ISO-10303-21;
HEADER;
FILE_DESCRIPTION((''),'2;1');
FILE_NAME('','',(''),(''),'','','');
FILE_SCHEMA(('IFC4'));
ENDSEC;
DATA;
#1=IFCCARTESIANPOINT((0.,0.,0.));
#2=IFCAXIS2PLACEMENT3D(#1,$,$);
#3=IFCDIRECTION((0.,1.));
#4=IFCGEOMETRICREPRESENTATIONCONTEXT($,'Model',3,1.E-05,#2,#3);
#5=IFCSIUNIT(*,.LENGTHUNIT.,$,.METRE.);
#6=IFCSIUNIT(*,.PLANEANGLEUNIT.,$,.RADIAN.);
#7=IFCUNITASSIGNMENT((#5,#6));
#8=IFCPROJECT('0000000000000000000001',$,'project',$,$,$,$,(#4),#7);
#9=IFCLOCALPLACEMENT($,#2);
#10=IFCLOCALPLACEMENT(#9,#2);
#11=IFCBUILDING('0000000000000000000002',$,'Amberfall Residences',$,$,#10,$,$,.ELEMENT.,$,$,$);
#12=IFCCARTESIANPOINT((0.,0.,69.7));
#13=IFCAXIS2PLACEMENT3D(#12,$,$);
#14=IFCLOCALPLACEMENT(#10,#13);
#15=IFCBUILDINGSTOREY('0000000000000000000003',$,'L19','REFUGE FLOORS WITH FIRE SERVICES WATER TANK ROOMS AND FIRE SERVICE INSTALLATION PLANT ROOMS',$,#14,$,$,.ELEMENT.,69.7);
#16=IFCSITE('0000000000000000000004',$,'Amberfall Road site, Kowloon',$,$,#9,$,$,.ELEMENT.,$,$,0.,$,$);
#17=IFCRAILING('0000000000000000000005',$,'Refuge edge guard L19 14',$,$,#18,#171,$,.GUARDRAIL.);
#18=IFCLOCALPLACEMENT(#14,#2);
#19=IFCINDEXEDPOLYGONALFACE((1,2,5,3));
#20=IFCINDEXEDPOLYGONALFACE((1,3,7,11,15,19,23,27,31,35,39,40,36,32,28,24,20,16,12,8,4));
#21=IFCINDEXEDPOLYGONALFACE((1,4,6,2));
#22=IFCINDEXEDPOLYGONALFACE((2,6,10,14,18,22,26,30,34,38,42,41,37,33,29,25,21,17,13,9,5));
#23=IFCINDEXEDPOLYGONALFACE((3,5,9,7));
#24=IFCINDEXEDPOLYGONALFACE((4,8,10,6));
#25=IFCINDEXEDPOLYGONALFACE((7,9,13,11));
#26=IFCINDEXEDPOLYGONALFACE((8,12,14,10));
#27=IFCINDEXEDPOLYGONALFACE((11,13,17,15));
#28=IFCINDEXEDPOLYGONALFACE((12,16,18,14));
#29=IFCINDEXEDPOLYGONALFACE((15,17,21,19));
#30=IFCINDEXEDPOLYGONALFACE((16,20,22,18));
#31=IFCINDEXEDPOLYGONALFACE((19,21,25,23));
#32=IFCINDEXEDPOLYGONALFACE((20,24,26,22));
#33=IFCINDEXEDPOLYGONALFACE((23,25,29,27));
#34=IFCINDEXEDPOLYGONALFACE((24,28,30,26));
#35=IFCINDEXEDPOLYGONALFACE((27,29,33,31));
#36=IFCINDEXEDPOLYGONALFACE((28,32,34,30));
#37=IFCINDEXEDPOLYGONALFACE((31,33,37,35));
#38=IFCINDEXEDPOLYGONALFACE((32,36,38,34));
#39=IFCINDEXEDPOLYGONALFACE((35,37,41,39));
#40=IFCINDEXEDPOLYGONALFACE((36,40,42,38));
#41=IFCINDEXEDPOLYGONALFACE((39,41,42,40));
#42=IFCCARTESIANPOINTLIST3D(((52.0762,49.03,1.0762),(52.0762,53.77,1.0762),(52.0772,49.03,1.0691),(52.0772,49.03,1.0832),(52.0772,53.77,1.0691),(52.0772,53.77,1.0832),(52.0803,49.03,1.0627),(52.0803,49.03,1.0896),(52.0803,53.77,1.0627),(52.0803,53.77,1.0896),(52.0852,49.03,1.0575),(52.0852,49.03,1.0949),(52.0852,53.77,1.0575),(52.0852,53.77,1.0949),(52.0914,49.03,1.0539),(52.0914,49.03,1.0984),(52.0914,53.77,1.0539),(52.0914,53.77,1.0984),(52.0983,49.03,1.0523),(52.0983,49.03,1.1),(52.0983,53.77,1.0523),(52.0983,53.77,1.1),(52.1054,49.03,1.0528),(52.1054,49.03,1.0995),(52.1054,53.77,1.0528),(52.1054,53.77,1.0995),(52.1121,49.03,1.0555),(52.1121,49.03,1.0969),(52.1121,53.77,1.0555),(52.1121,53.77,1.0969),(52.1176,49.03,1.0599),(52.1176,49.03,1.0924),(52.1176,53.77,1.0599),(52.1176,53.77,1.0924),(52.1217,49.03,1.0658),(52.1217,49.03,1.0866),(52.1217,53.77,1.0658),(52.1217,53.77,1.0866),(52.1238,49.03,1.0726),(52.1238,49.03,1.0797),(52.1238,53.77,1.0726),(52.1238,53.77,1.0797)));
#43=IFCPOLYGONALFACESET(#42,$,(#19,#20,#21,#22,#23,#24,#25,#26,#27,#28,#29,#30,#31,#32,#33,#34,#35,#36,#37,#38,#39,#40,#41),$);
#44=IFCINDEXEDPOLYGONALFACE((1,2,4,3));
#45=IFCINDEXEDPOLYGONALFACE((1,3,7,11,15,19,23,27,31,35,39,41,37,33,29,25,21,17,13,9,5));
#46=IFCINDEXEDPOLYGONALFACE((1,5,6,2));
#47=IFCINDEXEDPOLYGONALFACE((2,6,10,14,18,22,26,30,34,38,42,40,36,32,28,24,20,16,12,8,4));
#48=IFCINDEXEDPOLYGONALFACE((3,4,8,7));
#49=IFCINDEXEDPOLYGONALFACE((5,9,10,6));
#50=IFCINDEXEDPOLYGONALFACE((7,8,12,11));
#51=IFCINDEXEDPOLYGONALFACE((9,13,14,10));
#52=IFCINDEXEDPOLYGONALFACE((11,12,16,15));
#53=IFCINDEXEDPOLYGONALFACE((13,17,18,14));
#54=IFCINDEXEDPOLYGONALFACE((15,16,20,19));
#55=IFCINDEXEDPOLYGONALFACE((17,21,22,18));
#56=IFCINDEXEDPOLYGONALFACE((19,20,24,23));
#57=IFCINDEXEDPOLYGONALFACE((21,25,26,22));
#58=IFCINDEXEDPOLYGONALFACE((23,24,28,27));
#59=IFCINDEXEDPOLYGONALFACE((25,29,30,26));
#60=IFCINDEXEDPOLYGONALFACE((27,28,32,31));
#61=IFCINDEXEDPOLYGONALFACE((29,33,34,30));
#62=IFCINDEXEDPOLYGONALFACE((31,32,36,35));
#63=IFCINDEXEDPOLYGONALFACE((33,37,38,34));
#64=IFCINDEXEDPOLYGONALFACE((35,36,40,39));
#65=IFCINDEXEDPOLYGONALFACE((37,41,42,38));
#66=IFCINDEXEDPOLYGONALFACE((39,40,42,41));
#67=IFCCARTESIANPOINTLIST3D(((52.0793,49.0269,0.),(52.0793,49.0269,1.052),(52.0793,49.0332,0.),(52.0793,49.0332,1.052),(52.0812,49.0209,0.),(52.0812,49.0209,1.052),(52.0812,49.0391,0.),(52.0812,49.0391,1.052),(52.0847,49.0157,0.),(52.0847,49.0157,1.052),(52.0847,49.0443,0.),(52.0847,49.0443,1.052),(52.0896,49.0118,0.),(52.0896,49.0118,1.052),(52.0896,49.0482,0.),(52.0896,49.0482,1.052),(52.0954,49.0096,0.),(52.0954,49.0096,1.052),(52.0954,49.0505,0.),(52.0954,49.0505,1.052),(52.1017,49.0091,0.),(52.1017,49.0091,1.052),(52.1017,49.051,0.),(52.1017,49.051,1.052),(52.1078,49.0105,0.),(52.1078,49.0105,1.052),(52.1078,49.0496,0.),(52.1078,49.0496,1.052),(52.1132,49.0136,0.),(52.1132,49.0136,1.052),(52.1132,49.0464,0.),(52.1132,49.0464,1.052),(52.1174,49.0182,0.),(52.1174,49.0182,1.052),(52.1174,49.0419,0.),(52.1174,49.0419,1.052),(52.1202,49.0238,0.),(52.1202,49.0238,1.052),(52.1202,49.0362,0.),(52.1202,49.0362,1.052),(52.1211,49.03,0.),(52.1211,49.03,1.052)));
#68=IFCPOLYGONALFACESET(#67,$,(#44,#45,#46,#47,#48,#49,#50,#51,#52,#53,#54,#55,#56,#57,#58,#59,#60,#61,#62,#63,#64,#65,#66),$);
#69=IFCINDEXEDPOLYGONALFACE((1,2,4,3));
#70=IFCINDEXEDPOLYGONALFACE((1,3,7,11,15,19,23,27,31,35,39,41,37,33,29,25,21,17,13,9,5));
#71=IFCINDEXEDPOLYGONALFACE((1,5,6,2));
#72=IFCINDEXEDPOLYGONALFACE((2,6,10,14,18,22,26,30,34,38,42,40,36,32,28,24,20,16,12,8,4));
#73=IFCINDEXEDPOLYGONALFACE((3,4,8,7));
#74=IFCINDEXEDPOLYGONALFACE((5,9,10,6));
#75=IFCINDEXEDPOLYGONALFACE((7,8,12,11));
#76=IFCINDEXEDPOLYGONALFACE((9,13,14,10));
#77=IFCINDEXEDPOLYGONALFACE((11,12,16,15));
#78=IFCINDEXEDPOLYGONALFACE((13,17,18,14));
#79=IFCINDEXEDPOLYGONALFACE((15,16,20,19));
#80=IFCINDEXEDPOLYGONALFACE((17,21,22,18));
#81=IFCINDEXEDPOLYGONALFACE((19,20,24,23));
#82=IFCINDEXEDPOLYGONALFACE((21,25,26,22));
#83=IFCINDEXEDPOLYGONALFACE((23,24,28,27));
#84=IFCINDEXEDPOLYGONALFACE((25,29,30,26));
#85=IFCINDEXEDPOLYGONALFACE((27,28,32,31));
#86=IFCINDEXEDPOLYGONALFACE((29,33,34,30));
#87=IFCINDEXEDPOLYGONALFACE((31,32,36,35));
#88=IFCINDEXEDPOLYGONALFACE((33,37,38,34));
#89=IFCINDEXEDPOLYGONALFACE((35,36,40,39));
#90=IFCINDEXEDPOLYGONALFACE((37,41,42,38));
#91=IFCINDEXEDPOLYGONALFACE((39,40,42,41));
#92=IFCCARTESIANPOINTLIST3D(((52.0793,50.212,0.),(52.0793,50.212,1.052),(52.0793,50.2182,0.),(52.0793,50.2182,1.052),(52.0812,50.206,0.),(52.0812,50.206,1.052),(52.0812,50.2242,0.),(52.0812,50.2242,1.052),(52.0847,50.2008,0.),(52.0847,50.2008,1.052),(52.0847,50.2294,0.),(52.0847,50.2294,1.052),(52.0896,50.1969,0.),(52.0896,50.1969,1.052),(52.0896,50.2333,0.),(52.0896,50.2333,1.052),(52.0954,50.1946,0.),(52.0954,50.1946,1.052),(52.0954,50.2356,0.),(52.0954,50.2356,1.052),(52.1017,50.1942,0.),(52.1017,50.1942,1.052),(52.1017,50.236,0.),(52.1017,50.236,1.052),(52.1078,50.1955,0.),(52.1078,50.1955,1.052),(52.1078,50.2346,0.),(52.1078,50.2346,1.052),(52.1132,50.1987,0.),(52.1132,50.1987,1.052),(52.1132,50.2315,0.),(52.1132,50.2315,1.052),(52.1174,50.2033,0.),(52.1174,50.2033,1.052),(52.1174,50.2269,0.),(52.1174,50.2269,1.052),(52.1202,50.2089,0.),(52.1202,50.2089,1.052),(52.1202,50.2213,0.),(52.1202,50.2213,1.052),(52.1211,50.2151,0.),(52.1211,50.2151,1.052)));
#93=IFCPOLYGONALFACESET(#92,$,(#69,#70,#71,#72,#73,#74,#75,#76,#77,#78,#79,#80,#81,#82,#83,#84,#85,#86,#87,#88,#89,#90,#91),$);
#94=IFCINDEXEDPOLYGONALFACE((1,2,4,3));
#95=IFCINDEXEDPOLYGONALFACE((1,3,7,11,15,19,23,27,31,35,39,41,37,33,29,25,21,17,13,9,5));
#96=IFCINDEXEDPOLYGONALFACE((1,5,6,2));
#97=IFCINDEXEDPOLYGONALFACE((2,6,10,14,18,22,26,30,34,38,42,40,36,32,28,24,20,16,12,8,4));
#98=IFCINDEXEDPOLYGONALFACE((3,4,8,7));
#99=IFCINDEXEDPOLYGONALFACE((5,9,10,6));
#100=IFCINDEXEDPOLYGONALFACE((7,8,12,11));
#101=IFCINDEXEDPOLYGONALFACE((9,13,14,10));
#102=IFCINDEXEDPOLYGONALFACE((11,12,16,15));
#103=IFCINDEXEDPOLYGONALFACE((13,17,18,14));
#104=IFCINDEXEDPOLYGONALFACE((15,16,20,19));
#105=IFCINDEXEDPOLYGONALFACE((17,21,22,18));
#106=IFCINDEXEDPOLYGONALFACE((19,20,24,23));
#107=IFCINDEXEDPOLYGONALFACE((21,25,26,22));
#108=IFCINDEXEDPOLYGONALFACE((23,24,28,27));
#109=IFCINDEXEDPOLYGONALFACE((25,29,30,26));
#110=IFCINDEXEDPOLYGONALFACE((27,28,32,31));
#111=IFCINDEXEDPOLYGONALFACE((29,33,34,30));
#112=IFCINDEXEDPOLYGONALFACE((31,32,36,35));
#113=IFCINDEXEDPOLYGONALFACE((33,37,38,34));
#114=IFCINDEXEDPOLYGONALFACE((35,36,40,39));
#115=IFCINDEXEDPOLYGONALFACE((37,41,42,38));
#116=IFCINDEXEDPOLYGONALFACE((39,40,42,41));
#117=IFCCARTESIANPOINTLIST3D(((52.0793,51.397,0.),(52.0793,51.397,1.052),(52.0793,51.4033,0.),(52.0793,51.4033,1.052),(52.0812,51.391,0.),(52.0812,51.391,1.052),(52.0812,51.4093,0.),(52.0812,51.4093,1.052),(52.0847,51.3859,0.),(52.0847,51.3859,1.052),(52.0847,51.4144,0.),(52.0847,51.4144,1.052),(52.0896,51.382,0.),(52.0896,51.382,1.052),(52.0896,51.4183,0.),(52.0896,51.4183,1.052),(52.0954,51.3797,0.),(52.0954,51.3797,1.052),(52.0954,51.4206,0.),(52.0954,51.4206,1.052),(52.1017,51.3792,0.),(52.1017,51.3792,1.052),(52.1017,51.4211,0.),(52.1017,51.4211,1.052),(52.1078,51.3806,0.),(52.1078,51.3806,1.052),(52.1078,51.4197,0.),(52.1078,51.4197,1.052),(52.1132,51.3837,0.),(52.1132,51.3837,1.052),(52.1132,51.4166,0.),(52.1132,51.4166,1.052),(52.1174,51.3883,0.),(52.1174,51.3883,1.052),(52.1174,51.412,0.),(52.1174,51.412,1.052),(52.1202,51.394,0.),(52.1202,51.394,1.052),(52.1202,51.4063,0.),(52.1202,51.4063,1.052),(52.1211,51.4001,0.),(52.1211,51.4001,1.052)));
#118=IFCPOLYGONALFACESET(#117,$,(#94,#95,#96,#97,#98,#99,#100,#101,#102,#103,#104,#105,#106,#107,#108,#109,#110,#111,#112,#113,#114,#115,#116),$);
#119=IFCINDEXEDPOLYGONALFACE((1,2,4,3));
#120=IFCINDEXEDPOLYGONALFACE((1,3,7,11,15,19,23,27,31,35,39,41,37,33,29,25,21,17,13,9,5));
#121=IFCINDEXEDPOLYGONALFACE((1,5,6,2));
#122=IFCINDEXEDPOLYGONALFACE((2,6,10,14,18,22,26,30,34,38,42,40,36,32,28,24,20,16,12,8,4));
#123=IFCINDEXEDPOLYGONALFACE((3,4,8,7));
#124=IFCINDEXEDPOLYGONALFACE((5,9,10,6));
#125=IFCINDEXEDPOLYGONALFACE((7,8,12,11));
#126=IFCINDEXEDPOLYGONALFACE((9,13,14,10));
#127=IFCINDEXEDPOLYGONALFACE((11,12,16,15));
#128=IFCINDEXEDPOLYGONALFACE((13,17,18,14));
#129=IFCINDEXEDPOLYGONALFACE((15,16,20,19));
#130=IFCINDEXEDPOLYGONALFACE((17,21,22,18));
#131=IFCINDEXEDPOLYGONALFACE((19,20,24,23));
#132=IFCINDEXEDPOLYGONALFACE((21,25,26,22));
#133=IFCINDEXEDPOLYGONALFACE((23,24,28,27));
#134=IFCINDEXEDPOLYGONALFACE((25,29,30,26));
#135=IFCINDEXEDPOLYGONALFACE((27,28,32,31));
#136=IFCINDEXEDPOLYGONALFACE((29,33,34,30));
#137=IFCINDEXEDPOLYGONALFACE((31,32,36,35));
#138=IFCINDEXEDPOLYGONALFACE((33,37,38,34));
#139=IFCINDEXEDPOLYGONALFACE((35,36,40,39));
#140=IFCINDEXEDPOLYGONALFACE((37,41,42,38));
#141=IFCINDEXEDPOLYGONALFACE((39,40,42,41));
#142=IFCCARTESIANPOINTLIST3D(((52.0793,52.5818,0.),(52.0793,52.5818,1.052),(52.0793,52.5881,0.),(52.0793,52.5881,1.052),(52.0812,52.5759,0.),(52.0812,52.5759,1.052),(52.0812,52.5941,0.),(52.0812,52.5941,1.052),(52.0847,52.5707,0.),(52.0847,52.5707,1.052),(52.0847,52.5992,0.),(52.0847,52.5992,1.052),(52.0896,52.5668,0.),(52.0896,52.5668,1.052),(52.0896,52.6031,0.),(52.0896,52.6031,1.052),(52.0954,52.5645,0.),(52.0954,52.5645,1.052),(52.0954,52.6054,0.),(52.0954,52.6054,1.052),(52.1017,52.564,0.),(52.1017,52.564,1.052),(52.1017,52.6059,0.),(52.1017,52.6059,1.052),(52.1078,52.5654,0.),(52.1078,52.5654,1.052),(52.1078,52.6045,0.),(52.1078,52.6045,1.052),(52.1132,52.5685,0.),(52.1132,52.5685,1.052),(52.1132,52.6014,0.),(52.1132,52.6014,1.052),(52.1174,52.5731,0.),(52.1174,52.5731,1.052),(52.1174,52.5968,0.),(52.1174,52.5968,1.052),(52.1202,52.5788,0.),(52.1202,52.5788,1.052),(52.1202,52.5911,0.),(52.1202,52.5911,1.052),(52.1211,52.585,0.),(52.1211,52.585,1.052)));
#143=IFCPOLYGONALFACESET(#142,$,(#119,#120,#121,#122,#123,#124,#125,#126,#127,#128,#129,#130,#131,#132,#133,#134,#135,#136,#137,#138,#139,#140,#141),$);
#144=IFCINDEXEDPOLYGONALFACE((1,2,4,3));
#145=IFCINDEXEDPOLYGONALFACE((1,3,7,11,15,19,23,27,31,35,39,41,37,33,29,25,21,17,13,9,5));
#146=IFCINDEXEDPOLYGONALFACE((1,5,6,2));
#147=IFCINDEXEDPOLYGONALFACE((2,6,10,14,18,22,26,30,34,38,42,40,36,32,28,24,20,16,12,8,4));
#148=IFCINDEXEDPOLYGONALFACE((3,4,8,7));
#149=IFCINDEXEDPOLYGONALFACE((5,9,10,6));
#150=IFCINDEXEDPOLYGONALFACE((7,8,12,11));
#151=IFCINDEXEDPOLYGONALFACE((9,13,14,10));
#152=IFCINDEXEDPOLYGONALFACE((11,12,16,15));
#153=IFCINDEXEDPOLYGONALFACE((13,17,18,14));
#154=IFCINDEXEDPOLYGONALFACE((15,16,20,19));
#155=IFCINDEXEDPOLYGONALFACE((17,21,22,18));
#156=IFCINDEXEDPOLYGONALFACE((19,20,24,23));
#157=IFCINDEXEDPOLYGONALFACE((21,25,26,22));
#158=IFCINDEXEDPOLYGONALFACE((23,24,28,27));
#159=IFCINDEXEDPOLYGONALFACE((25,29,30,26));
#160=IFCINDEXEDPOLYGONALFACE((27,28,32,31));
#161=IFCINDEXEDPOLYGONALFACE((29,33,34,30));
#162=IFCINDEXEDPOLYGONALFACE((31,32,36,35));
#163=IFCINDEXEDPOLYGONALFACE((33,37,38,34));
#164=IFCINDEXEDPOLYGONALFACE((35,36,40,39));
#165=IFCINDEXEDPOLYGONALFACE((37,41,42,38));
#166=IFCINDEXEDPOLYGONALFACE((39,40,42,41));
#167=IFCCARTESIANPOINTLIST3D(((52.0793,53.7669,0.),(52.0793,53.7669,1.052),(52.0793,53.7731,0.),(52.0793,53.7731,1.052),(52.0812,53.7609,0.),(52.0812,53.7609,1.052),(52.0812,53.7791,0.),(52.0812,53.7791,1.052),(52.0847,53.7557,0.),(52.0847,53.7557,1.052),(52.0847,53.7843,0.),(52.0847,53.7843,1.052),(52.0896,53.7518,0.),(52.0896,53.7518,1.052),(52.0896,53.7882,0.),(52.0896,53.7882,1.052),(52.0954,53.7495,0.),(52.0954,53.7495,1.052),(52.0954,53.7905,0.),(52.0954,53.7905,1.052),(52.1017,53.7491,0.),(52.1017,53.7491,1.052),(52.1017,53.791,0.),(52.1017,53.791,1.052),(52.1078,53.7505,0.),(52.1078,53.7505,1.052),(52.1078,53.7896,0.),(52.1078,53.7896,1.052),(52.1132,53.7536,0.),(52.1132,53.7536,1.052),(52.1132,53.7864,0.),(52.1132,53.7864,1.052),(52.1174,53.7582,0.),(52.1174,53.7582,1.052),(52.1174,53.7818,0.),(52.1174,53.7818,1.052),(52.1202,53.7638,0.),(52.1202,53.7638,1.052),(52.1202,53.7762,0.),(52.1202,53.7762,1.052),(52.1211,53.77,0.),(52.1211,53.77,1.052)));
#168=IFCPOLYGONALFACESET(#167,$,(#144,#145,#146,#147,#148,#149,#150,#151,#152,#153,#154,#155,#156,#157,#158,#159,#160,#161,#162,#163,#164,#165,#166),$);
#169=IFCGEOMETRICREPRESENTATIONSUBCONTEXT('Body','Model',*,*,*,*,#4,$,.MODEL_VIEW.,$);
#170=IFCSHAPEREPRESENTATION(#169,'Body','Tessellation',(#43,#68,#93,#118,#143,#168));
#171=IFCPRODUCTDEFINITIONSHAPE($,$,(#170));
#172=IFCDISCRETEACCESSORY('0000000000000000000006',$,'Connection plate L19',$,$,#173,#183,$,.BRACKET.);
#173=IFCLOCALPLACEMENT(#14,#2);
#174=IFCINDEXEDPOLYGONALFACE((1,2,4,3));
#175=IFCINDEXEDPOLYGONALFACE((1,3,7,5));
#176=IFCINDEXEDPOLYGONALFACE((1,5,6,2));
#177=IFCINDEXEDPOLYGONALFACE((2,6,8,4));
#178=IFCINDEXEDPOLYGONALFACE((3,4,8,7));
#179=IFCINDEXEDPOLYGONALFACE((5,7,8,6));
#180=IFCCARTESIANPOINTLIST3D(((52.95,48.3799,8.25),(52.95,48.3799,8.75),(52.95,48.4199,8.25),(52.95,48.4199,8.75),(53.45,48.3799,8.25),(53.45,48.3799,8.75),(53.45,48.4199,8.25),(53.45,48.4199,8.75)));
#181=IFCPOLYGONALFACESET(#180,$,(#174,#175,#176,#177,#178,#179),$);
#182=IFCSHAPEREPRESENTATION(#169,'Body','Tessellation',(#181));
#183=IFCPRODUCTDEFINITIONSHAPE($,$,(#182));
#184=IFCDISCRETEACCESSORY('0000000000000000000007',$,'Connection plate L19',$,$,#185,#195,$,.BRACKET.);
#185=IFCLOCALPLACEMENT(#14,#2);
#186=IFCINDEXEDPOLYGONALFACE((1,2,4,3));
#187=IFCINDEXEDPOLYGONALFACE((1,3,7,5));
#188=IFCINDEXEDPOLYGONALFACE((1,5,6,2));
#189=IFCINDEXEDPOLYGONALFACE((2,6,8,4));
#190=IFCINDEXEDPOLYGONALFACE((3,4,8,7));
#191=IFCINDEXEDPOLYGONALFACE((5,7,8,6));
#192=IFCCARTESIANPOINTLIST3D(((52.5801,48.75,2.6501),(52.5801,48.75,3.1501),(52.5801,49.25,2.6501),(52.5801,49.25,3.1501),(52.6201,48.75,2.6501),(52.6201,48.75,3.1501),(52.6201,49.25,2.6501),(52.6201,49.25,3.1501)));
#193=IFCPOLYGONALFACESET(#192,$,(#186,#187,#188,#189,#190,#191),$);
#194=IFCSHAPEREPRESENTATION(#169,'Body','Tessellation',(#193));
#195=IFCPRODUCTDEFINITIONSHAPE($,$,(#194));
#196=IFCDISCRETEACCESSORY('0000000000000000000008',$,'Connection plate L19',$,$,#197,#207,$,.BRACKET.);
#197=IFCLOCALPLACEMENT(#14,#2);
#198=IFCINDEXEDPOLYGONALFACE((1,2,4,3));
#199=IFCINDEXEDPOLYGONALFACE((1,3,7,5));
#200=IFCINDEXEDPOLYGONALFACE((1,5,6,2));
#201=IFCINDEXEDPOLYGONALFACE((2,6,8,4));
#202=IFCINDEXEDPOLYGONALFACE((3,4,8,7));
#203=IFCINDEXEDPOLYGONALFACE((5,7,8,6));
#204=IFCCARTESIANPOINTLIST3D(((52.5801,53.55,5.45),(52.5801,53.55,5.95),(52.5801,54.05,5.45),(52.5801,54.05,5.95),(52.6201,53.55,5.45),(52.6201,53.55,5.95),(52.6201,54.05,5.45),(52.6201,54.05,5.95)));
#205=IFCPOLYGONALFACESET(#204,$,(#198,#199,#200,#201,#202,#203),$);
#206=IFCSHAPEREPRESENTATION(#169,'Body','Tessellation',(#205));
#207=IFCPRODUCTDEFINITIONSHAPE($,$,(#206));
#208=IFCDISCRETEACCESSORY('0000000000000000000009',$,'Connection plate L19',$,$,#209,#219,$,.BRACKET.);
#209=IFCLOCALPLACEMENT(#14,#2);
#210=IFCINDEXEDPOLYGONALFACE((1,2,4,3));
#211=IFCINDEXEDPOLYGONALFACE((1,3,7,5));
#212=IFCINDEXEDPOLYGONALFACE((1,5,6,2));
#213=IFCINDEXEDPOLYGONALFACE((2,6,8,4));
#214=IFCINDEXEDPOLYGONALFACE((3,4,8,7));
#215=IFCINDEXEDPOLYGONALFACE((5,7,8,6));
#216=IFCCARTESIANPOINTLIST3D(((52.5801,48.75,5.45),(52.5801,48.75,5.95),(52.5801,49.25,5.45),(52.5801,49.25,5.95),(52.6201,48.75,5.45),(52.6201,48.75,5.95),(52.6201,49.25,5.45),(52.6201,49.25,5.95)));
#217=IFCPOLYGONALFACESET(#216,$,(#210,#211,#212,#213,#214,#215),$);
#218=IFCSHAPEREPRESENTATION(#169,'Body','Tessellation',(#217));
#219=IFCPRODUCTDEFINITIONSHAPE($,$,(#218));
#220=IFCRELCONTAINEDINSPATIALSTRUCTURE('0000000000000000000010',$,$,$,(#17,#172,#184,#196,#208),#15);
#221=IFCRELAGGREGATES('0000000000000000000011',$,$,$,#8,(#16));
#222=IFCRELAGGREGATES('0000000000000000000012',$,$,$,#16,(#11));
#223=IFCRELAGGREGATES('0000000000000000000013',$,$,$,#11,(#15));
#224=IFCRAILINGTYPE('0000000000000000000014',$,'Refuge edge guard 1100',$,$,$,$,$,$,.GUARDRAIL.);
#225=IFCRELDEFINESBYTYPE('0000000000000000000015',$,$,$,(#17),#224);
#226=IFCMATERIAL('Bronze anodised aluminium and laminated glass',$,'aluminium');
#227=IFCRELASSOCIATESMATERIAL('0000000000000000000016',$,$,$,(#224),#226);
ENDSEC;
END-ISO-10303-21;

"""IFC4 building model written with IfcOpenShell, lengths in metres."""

from ifc_helpers import new_model, si_unit, direction, frame, origin, origin_2d, place, context, subcontext, project, spatial, rectangle, circle, extrude, material, type_object, element, save


model = new_model("IFC4")

# Units and contexts
model_context = context("Model", 3, precision=1e-05, world=origin(), true_north=direction((0.0, 1.0)))
body_context = subcontext(model_context, "Body", "Model", "MODEL_VIEW")
ifc_project = project(units=[si_unit("LENGTHUNIT", "METRE"), si_unit("PLANEANGLEUNIT", "RADIAN")], contexts=[model_context])

# Site, building, storey
site_placement = place(None, origin())
site = spatial("IfcSite", under=ifc_project, at=site_placement, Name="Amberfall Road site, Kowloon", CompositionType="ELEMENT", RefElevation=0.0)
building_placement = place(site_placement, origin())
building = spatial("IfcBuilding", under=site, at=building_placement, Name="Amberfall Residences", CompositionType="ELEMENT")
storey_placement = place(building_placement, frame((0.0, 0.0, 69.7)))
storey = spatial("IfcBuildingStorey", under=building, at=storey_placement, Name="L19", Description="REFUGE FLOORS WITH FIRE SERVICES WATER TANK ROOMS AND FIRE SERVICE INSTALLATION PLANT ROOMS", CompositionType="ELEMENT", Elevation=69.7)

# Railing
ifc_material_1 = material(Name="Bronze anodised aluminium and laminated glass", Category="aluminium")
railing_type = type_object("IfcRailingType", Name="Refuge edge guard 1100", PredefinedType="GUARDRAIL", material=ifc_material_1)
railing_placement = place(storey_placement, frame((52.1001, 49.03, 0.0)))
element("IfcRailing", 1, at=railing_placement, inside=storey, type_object=railing_type, Name="Refuge edge guard L19 14", PredefinedType="GUARDRAIL", context=body_context, shape_type="SweptSolid", body=[
    extrude(circle(Radius=0.0239, at=origin_2d()), frame((0.0, 0.0, 1.0762), z_axis=(0.0, 1.0, 0.0), x_axis=(-1.0, 0.0, 0.0)), (0.0, 0.0, 1.0), 4.74),
    extrude(circle(Radius=0.021, at=origin_2d()), origin(), (0.0, 0.0, 1.0), 1.052),
    extrude(circle(Radius=0.021, at=origin_2d()), frame((0.0, 1.1851, 0.0)), (0.0, 0.0, 1.0), 1.052),
    extrude(circle(Radius=0.021, at=origin_2d()), frame((0.0, 2.3701, 0.0)), (0.0, 0.0, 1.0), 1.052),
    extrude(circle(Radius=0.021, at=origin_2d()), frame((0.0, 3.5549, 0.0)), (0.0, 0.0, 1.0), 1.052),
    extrude(circle(Radius=0.021, at=origin_2d()), frame((0.0, 4.74, 0.0)), (0.0, 0.0, 1.0), 1.052),
])

# Discrete accessories
for number, where, z_axis, x_axis, name in (
    (2, (53.2, 48.3999, 8.25), (0.0, 0.0, 1.0), (1.0, 0.0, 0.0), "Connection plate L19"),
    (3, (52.6001, 49.0, 2.6501), (0.0, 0.0, 1.0), (0.0, 1.0, 0.0), "Connection plate L19"),
    (4, (52.6001, 53.8, 5.45), (0.0, 0.0, 1.0), (0.0, 1.0, 0.0), "Connection plate L19"),
    (5, (52.6001, 49.0, 5.45), (0.0, 0.0, 1.0), (0.0, 1.0, 0.0), "Connection plate L19"),
):
    element("IfcDiscreteAccessory", number, at=place(storey_placement, frame(where, z_axis=z_axis, x_axis=x_axis)), inside=storey, Name=name, PredefinedType="BRACKET", context=body_context, shape_type="SweptSolid", body=[
        extrude(rectangle(XDim=0.5, YDim=0.04, at=origin_2d()), origin(), (0.0, 0.0, 1.0), 0.5),
    ])

save(model, "model.ifc")
